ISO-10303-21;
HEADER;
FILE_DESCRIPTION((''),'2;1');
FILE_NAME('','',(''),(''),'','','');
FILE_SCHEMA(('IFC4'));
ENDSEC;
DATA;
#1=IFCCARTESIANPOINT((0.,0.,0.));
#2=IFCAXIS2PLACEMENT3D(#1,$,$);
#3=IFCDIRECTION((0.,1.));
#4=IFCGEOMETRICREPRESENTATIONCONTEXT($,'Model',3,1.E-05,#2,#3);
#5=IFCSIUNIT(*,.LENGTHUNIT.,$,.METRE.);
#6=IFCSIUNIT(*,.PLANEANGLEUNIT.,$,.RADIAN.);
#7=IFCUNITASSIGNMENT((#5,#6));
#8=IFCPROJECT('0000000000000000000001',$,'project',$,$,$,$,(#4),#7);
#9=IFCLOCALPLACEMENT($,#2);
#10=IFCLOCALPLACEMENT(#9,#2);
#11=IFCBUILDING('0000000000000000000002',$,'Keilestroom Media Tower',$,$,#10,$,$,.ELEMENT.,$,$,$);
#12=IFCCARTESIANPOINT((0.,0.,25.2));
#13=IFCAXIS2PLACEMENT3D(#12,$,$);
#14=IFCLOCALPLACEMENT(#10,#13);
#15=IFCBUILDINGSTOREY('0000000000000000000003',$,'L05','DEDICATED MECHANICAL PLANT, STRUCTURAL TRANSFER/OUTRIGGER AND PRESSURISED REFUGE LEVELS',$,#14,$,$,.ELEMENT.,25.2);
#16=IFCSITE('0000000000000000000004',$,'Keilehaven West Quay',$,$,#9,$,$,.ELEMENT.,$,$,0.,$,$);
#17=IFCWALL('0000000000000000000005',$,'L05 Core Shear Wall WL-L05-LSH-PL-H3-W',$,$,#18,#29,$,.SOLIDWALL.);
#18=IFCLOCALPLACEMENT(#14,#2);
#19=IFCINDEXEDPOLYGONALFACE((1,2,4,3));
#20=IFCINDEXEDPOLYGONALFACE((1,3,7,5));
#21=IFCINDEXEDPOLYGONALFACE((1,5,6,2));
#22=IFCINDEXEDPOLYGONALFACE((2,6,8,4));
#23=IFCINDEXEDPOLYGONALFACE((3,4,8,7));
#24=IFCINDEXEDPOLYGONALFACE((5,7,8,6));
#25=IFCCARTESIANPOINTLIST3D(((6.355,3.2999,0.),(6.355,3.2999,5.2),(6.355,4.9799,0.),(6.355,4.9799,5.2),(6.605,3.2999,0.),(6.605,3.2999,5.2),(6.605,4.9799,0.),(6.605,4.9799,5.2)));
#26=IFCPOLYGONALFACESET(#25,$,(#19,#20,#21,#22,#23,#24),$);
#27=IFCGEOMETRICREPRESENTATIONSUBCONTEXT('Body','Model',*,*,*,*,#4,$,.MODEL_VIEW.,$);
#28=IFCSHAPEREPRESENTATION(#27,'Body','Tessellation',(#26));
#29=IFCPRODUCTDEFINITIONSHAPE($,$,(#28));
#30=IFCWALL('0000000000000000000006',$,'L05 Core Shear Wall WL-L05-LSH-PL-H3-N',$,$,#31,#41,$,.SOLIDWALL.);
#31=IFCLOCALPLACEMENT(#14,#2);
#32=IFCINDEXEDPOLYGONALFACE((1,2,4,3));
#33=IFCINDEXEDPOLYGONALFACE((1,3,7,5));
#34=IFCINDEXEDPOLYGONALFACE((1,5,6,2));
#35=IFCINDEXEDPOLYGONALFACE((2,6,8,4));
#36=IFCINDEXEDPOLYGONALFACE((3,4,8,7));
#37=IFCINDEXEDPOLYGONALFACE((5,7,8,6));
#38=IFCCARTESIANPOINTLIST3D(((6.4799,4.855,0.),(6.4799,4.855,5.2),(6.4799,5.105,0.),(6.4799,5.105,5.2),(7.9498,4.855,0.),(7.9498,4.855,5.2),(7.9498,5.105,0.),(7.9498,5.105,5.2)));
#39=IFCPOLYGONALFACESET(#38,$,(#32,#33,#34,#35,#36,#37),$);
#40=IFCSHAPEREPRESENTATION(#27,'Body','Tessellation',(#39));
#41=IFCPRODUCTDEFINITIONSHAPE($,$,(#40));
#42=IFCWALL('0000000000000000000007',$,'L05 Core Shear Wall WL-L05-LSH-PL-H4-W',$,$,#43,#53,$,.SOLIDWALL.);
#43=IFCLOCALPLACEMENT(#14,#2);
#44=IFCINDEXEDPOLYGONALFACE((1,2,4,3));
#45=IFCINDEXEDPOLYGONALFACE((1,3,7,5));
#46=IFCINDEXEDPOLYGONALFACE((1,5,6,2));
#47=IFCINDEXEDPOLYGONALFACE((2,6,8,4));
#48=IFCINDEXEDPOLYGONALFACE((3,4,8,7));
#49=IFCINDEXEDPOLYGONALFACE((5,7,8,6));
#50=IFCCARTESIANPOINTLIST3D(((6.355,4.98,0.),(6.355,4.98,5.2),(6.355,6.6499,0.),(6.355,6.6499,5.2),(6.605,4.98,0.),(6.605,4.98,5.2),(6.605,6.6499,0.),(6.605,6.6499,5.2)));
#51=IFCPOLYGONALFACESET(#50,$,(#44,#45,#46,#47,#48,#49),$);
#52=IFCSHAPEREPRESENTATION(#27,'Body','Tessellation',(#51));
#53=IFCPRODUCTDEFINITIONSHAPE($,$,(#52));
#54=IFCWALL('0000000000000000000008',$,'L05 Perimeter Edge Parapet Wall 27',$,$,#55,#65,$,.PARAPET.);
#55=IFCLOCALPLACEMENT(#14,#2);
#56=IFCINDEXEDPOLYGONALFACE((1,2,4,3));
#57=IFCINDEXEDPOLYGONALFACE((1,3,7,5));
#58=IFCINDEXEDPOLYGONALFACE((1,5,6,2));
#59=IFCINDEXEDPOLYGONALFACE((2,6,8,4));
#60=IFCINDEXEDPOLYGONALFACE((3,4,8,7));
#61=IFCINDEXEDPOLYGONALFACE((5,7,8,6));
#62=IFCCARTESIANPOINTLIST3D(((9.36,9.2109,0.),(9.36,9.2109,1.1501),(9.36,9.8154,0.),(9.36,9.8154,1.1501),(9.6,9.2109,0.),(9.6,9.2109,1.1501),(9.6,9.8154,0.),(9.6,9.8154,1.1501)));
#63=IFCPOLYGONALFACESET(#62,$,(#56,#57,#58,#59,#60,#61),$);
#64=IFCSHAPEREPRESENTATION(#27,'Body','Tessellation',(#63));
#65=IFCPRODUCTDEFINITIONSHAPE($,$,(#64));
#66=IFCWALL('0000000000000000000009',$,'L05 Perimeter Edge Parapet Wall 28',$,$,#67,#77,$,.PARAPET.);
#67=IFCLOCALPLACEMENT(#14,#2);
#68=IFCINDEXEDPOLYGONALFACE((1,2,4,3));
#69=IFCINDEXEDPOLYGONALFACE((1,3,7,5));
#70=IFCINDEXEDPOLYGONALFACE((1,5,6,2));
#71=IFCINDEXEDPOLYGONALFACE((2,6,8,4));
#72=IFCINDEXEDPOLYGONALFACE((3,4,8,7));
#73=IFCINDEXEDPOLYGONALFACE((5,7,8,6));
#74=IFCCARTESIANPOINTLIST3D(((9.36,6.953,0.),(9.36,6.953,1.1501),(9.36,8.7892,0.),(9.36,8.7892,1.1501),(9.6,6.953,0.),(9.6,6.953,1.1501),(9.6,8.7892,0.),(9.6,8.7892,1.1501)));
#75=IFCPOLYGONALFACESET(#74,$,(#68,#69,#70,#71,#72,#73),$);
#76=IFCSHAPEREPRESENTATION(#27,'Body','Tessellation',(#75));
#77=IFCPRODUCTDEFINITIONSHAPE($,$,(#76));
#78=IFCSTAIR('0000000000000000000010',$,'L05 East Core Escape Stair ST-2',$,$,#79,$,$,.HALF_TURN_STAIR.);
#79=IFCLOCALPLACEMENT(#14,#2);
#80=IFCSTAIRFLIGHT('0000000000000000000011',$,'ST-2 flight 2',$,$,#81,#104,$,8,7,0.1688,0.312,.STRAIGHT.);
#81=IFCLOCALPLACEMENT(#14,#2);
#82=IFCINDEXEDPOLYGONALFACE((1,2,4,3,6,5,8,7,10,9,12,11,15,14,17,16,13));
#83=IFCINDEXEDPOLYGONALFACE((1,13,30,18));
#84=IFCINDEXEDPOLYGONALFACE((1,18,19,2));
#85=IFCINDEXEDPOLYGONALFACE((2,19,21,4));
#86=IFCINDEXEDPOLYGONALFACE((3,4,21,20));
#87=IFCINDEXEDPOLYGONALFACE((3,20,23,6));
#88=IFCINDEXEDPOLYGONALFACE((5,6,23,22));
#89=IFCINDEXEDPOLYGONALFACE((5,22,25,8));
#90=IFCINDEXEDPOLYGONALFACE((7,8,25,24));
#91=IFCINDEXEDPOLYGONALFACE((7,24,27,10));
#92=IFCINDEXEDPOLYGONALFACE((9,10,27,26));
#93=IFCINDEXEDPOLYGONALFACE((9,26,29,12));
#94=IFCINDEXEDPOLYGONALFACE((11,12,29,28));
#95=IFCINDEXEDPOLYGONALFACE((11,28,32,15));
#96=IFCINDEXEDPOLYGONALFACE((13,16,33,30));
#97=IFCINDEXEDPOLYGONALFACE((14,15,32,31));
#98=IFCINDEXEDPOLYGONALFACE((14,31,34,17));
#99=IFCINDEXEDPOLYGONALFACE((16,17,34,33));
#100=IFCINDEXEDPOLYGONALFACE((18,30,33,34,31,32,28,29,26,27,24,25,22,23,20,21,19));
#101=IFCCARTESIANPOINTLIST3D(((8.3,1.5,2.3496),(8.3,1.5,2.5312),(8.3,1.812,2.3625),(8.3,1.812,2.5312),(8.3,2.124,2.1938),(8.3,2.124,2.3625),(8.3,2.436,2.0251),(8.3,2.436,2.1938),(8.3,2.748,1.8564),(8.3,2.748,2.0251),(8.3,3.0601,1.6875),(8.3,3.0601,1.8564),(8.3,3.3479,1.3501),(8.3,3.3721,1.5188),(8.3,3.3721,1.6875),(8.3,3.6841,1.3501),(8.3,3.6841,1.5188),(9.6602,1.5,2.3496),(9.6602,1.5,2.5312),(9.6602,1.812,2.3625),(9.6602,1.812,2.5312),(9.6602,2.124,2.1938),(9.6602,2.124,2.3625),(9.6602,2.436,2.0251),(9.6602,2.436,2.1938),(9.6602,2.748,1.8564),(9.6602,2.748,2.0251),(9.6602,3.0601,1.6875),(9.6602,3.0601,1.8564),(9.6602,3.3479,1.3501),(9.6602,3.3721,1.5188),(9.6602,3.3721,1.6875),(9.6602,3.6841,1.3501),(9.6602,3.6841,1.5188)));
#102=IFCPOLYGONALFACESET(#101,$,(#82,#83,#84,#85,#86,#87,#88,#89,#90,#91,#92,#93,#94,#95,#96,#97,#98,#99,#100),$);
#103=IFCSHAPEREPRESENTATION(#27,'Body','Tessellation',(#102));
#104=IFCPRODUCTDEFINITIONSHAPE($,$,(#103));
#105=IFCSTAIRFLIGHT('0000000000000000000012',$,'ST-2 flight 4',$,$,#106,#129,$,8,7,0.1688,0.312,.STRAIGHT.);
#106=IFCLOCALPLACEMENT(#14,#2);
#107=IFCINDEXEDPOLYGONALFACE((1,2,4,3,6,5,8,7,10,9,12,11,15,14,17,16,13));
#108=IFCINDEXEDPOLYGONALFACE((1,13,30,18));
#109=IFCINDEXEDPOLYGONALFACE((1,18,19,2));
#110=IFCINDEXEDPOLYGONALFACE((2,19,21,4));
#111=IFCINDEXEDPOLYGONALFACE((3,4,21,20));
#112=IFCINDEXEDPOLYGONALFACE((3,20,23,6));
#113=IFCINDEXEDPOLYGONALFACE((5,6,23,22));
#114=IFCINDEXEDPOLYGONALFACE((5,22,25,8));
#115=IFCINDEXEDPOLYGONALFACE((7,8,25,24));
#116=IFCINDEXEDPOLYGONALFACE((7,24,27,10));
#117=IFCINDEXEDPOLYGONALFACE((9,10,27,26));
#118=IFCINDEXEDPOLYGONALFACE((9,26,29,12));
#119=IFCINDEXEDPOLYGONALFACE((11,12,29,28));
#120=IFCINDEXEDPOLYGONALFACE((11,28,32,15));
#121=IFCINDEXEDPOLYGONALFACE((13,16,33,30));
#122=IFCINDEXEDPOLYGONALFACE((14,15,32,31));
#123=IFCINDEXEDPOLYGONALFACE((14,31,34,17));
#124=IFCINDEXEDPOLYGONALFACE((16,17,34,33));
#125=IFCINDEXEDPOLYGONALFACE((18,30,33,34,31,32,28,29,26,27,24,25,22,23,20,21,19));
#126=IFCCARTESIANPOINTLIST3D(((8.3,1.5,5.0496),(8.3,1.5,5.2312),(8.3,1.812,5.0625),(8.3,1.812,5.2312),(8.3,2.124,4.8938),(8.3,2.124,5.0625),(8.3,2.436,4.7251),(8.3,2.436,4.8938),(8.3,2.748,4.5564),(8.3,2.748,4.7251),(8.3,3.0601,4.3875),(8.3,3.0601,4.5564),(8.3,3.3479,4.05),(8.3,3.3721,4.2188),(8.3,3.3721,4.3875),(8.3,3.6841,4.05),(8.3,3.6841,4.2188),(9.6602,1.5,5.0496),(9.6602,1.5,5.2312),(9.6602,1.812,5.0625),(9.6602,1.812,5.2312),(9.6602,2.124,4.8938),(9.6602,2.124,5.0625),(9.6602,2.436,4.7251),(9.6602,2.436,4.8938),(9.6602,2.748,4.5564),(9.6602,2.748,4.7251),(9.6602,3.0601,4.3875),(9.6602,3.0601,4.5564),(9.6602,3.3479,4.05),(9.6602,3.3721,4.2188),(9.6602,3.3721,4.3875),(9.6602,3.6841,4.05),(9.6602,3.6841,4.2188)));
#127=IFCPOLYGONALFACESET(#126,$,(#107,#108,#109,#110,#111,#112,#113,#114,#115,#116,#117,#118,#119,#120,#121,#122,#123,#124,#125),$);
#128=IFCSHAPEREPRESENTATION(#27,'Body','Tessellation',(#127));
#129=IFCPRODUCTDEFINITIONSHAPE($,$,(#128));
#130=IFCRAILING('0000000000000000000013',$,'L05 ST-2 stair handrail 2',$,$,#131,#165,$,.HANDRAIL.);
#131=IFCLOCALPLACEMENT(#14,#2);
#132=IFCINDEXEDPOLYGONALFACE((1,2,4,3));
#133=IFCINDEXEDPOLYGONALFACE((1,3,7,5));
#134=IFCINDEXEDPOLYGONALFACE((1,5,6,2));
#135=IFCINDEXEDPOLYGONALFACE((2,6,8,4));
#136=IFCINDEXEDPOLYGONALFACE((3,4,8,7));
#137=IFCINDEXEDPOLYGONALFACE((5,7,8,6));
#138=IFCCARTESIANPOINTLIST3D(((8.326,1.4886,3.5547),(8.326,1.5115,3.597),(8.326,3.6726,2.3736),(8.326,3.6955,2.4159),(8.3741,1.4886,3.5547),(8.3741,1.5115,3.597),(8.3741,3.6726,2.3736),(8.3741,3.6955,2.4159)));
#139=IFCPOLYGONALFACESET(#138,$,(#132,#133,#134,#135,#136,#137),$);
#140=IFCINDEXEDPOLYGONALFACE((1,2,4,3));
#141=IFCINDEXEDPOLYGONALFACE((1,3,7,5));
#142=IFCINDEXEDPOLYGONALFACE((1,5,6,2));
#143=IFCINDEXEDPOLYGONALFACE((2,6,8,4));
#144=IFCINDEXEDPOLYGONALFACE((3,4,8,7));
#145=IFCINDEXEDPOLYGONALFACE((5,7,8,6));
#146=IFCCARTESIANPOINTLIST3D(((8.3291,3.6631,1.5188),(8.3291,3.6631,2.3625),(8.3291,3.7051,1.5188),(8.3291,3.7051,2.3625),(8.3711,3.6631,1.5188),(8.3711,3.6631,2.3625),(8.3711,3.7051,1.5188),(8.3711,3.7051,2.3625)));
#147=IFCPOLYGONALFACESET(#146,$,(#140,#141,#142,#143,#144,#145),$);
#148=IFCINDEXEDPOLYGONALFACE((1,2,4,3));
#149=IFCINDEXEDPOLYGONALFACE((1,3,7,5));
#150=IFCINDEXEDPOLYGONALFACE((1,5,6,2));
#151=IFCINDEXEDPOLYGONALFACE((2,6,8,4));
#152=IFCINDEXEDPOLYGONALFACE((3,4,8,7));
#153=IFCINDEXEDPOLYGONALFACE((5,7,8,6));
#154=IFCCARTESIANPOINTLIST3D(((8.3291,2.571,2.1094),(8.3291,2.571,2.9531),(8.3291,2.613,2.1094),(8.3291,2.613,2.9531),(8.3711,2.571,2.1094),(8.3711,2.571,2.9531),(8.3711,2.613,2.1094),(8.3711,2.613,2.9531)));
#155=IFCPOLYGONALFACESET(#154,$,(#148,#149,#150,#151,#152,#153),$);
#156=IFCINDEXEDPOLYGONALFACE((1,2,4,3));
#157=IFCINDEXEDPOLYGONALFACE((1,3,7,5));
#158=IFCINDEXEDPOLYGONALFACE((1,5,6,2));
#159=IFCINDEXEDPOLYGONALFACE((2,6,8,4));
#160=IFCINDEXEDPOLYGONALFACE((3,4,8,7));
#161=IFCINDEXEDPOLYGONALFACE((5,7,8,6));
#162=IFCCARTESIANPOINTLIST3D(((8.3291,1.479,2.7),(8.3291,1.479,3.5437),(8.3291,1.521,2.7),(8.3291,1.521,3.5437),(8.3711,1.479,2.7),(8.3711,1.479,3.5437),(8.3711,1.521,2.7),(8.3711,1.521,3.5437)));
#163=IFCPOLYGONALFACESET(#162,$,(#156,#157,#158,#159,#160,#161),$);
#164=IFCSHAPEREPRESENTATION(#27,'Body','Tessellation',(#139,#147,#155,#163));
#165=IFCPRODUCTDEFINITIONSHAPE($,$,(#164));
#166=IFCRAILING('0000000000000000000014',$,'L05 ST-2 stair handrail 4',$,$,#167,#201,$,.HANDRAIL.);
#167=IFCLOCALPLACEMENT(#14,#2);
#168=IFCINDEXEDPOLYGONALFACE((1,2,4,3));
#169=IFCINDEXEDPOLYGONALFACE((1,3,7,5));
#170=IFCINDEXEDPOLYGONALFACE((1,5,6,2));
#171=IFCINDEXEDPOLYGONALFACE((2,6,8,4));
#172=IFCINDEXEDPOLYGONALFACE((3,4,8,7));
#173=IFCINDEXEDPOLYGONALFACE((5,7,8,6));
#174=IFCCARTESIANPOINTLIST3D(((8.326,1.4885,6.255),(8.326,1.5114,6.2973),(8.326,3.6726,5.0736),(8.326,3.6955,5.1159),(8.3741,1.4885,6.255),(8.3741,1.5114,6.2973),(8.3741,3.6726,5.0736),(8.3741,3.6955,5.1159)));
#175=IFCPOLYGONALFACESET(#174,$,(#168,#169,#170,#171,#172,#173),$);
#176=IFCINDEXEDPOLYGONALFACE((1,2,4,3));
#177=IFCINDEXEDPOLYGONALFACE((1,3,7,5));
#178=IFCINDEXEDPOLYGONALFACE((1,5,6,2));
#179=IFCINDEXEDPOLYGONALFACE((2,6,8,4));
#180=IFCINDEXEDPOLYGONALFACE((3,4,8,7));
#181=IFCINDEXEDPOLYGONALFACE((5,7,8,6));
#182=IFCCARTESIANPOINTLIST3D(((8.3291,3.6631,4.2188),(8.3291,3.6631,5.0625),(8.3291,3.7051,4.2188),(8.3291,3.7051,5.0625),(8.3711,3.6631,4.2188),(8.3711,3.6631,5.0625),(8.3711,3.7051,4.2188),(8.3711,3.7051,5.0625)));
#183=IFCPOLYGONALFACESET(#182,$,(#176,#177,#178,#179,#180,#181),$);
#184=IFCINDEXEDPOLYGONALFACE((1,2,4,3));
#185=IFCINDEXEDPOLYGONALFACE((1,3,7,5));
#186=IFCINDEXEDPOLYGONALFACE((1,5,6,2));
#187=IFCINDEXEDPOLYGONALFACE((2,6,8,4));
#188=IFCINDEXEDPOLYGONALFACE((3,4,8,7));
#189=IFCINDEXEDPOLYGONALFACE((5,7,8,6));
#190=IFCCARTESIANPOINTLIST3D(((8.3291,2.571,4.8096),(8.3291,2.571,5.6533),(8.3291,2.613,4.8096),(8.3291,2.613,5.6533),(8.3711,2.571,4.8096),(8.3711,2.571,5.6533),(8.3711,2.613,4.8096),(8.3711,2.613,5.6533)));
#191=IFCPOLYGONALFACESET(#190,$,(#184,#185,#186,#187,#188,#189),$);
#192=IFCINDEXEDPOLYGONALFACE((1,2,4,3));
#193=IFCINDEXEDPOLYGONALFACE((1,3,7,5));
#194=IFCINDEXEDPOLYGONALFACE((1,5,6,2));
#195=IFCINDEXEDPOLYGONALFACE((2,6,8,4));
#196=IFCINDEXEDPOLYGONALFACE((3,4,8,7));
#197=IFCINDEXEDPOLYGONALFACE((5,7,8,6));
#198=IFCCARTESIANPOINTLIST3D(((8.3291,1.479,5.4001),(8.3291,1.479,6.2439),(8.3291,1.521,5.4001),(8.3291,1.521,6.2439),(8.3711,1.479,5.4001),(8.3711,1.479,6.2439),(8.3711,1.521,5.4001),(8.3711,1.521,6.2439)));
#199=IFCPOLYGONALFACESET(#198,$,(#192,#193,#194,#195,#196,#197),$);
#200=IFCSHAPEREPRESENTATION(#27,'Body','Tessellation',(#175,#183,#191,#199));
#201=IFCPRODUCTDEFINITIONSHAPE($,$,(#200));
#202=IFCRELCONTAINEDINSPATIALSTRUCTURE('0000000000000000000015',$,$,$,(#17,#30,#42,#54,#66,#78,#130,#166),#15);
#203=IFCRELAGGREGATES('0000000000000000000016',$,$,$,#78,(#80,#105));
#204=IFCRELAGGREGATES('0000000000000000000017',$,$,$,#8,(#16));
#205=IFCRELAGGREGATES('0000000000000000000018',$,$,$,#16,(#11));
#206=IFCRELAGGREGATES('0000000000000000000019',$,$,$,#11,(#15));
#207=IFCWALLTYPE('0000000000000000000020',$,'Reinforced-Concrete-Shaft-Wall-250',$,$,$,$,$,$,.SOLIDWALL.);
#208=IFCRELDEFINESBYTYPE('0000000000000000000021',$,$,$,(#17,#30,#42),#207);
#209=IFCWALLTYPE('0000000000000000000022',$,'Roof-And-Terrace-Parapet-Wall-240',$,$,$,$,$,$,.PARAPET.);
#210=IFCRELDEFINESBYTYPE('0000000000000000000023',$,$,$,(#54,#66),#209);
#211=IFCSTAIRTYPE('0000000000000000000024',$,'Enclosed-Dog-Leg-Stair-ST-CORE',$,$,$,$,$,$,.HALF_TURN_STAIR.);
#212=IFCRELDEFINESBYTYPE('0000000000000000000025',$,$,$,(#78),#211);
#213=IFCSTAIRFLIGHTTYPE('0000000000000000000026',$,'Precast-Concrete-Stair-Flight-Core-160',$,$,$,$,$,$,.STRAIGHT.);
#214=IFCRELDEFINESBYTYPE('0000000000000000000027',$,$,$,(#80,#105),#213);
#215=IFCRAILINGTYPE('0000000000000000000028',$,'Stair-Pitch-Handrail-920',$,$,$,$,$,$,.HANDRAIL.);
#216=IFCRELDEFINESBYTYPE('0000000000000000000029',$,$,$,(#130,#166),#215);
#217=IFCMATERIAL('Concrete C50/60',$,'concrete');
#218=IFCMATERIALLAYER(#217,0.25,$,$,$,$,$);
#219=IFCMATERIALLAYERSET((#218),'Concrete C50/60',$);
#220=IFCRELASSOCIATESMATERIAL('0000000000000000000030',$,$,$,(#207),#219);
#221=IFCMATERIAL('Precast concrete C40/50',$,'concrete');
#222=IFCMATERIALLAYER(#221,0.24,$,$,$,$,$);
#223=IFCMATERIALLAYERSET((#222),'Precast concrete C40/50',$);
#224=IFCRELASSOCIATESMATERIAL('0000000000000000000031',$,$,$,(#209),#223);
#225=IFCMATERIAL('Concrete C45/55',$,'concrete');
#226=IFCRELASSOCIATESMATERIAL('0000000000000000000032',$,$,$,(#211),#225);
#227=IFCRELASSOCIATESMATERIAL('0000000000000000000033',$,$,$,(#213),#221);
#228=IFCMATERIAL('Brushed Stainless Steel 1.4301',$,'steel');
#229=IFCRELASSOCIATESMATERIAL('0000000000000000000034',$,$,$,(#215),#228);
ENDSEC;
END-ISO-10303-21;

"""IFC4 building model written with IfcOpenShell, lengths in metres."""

from ifc_helpers import new_model, si_unit, direction, frame, frame_2d, origin, origin_2d, place, context, subcontext, project, spatial, polyline, rectangle, outline, extrude, material, layer, layer_set, type_object, element, aggregate, save


model = new_model("IFC4")

# Units and contexts
model_context = context("Model", 3, precision=1e-05, world=origin(), true_north=direction((0.0, 1.0)))
body_context = subcontext(model_context, "Body", "Model", "MODEL_VIEW")
ifc_project = project(units=[si_unit("LENGTHUNIT", "METRE"), si_unit("PLANEANGLEUNIT", "RADIAN")], contexts=[model_context])

# Site, building, storey
site_placement = place(None, origin())
site = spatial("IfcSite", under=ifc_project, at=site_placement, Name="Keilehaven West Quay", CompositionType="ELEMENT", RefElevation=0.0)
building_placement = place(site_placement, origin())
building = spatial("IfcBuilding", under=site, at=building_placement, Name="Keilestroom Media Tower", CompositionType="ELEMENT")
storey_placement = place(building_placement, frame((0.0, 0.0, 25.2)))
storey = spatial("IfcBuildingStorey", under=building, at=storey_placement, Name="L05", Description="DEDICATED MECHANICAL PLANT, STRUCTURAL TRANSFER/OUTRIGGER AND PRESSURISED REFUGE LEVELS", CompositionType="ELEMENT", Elevation=25.2)

# Walls
ifc_material_1 = material(Name="Precast concrete C40/50", Category="concrete")
ifc_material_2 = material(Name="Concrete C50/60", Category="concrete")
ifc_layer_1 = layer(ifc_material_2, 0.25)
ifc_layer_set_1 = layer_set([ifc_layer_1], Name="Concrete C50/60")
wall_type_1 = type_object("IfcWallType", Name="Reinforced-Concrete-Shaft-Wall-250", PredefinedType="SOLIDWALL", material=ifc_layer_set_1)
wall_1_placement = place(storey_placement, frame((6.48, 3.3, 0.0), z_axis=(0.0, 0.0, 1.0), x_axis=(0.0, 1.0, 0.0)))
element("IfcWall", 1, at=wall_1_placement, inside=storey, type_object=wall_type_1, Name="L05 Core Shear Wall WL-L05-LSH-PL-H3-W", PredefinedType="SOLIDWALL", context=body_context, shape_type="SweptSolid", body=[
    extrude(rectangle(XDim=1.6799, YDim=0.25, at=frame_2d((0.8398, 0.0))), origin(), (0.0, 0.0, 1.0), 5.2),
])
wall_2_placement = place(storey_placement, frame((6.48, 4.98, 0.0), z_axis=(0.0, 0.0, 1.0), x_axis=(1.0, 0.0, 0.0)))
element("IfcWall", 2, at=wall_2_placement, inside=storey, type_object=wall_type_1, Name="L05 Core Shear Wall WL-L05-LSH-PL-H3-N", PredefinedType="SOLIDWALL", context=body_context, shape_type="SweptSolid", body=[
    extrude(rectangle(XDim=1.47, YDim=0.25, at=frame_2d((0.7349, 0.0))), origin(), (0.0, 0.0, 1.0), 5.2),
])
wall_3_placement = place(storey_placement, frame((6.48, 4.98, 0.0), z_axis=(0.0, 0.0, 1.0), x_axis=(0.0, 1.0, 0.0)))
element("IfcWall", 3, at=wall_3_placement, inside=storey, type_object=wall_type_1, Name="L05 Core Shear Wall WL-L05-LSH-PL-H4-W", PredefinedType="SOLIDWALL", context=body_context, shape_type="SweptSolid", body=[
    extrude(rectangle(XDim=1.6699, YDim=0.25, at=frame_2d((0.835, 0.0))), origin(), (0.0, 0.0, 1.0), 5.2),
])
ifc_layer_2 = layer(ifc_material_1, 0.24)
ifc_layer_set_2 = layer_set([ifc_layer_2], Name="Precast concrete C40/50")
wall_type_2 = type_object("IfcWallType", Name="Roof-And-Terrace-Parapet-Wall-240", PredefinedType="PARAPET", material=ifc_layer_set_2)
wall_4_placement = place(storey_placement, frame((9.48, 9.8154, 0.0), z_axis=(0.0, 0.0, 1.0), x_axis=(0.0, -1.0, 0.0)))
element("IfcWall", 4, at=wall_4_placement, inside=storey, type_object=wall_type_2, Name="L05 Perimeter Edge Parapet Wall 27", PredefinedType="PARAPET", context=body_context, shape_type="SweptSolid", body=[
    extrude(rectangle(XDim=0.6045, YDim=0.24, at=frame_2d((0.3022, 0.0))), origin(), (0.0, 0.0, 1.0), 1.1501),
])
wall_5_placement = place(storey_placement, frame((9.48, 8.7891, 0.0), z_axis=(0.0, 0.0, 1.0), x_axis=(0.0, -1.0, 0.0)))
element("IfcWall", 5, at=wall_5_placement, inside=storey, type_object=wall_type_2, Name="L05 Perimeter Edge Parapet Wall 28", PredefinedType="PARAPET", context=body_context, shape_type="SweptSolid", body=[
    extrude(rectangle(XDim=1.8362, YDim=0.24, at=frame_2d((0.918, 0.0))), origin(), (0.0, 0.0, 1.0), 1.1501),
])

# Stair, stair flights
ifc_material_3 = material(Name="Concrete C45/55", Category="concrete")
stair_type = type_object("IfcStairType", Name="Enclosed-Dog-Leg-Stair-ST-CORE", PredefinedType="HALF_TURN_STAIR", material=ifc_material_3)
stair_placement = place(storey_placement, origin())
stair = element("IfcStair", 6, at=stair_placement, inside=storey, type_object=stair_type, Name="L05 East Core Escape Stair ST-2", PredefinedType="HALF_TURN_STAIR")
stair_flight_type = type_object("IfcStairFlightType", Name="Precast-Concrete-Stair-Flight-Core-160", PredefinedType="STRAIGHT", material=ifc_material_1)
stair_flight_1_placement = place(storey_placement, frame((8.98, 3.6841, 1.3501), z_axis=(0.0, 0.0, 1.0), x_axis=(0.0, -1.0, 0.0)))
stair_flight_1 = element("IfcStairFlight", 7, at=stair_flight_1_placement, type_object=stair_flight_type, Name="ST-2 flight 2", NumberOfRisers=8, NumberOfTreads=7, PredefinedType="STRAIGHT", RiserHeight=0.1688, TreadLength=0.312, context=body_context, shape_type="SweptSolid", body=[
    extrude(outline(polyline([(0.0, 0.0), (0.0, 0.1687), (0.312, 0.1687), (0.312, 0.3374), (0.624, 0.3374), (0.624, 0.5063), (0.936, 0.5063), (0.936, 0.675), (1.248, 0.675), (1.248, 0.8438), (1.5601, 0.8438), (1.5601, 1.0125), (1.8721, 1.0125), (1.8721, 1.1812), (2.1841, 1.1812), (2.1841, 1.3501), (2.1841, 0.9995), (0.3362, 0.0), (0.0, 0.0)])), frame((0.0, 0.6802, 0.0), z_axis=(0.0, -1.0, 0.0), x_axis=(1.0, 0.0, 0.0)), (0.0, 0.0, 1.0), 1.3601),
])
stair_flight_2_placement = place(storey_placement, frame((8.98, 3.6841, 4.05), z_axis=(0.0, 0.0, 1.0), x_axis=(0.0, -1.0, 0.0)))
stair_flight_2 = element("IfcStairFlight", 8, at=stair_flight_2_placement, type_object=stair_flight_type, Name="ST-2 flight 4", NumberOfRisers=8, NumberOfTreads=7, PredefinedType="STRAIGHT", RiserHeight=0.1688, TreadLength=0.312, context=body_context, shape_type="SweptSolid", body=[
    extrude(outline(polyline([(0.0, 0.0), (0.0, 0.1687), (0.312, 0.1687), (0.312, 0.3374), (0.624, 0.3374), (0.624, 0.5063), (0.936, 0.5063), (0.936, 0.675), (1.248, 0.675), (1.248, 0.8438), (1.5601, 0.8438), (1.5601, 1.0125), (1.8721, 1.0125), (1.8721, 1.1812), (2.1841, 1.1812), (2.1841, 1.3501), (2.1841, 0.9995), (0.3362, 0.0), (0.0, 0.0)])), frame((0.0, 0.6802, 0.0), z_axis=(0.0, -1.0, 0.0), x_axis=(1.0, 0.0, 0.0)), (0.0, 0.0, 1.0), 1.3601),
])
aggregate(stair, [stair_flight_1, stair_flight_2])

# Railings
ifc_material_4 = material(Name="Brushed Stainless Steel 1.4301", Category="steel")
railing_type_1 = type_object("IfcRailingType", Name="Stair-Pitch-Handrail-920", PredefinedType="HANDRAIL", material=ifc_material_4)
railing_1_placement = place(storey_placement, frame((8.3501, 3.6841, 1.5188)))
element("IfcRailing", 9, at=railing_1_placement, inside=storey, type_object=railing_type_1, Name="L05 ST-2 stair handrail 2", PredefinedType="HANDRAIL", context=body_context, shape_type="SweptSolid", body=[
    extrude(rectangle(XDim=0.0481, YDim=0.0481, at=origin_2d()), frame((0.0, 0.0, 0.876), z_axis=(0.0, -0.879611, 0.475694), x_axis=(1.0, 0.0, 0.0)), (0.0, 0.0, 1.0), 2.4829),
    extrude(rectangle(XDim=0.042, YDim=0.042, at=origin_2d()), origin(), (0.0, 0.0, 1.0), 0.8438),
    extrude(rectangle(XDim=0.042, YDim=0.042, at=origin_2d()), frame((0.0, -1.092, 0.5906)), (0.0, 0.0, 1.0), 0.8438),
    extrude(rectangle(XDim=0.042, YDim=0.042, at=origin_2d()), frame((0.0, -2.1841, 1.1812)), (0.0, 0.0, 1.0), 0.8438),
])
railing_2_placement = place(storey_placement, frame((8.3501, 3.6841, 4.2188)))
element("IfcRailing", 10, at=railing_2_placement, inside=storey, type_object=railing_type_1, Name="L05 ST-2 stair handrail 4", PredefinedType="HANDRAIL", context=body_context, shape_type="SweptSolid", body=[
    extrude(rectangle(XDim=0.0481, YDim=0.0481, at=origin_2d()), frame((0.0, 0.0, 0.876), z_axis=(0.0, -0.87957, 0.47577), x_axis=(1.0, 0.0, 0.0)), (0.0, 0.0, 1.0), 2.4832),
    extrude(rectangle(XDim=0.042, YDim=0.042, at=origin_2d()), origin(), (0.0, 0.0, 1.0), 0.8438),
    extrude(rectangle(XDim=0.042, YDim=0.042, at=origin_2d()), frame((0.0, -1.092, 0.5908)), (0.0, 0.0, 1.0), 0.8438),
    extrude(rectangle(XDim=0.042, YDim=0.042, at=origin_2d()), frame((0.0, -2.1841, 1.1814)), (0.0, 0.0, 1.0), 0.8438),
])

save(model, "model.ifc")
